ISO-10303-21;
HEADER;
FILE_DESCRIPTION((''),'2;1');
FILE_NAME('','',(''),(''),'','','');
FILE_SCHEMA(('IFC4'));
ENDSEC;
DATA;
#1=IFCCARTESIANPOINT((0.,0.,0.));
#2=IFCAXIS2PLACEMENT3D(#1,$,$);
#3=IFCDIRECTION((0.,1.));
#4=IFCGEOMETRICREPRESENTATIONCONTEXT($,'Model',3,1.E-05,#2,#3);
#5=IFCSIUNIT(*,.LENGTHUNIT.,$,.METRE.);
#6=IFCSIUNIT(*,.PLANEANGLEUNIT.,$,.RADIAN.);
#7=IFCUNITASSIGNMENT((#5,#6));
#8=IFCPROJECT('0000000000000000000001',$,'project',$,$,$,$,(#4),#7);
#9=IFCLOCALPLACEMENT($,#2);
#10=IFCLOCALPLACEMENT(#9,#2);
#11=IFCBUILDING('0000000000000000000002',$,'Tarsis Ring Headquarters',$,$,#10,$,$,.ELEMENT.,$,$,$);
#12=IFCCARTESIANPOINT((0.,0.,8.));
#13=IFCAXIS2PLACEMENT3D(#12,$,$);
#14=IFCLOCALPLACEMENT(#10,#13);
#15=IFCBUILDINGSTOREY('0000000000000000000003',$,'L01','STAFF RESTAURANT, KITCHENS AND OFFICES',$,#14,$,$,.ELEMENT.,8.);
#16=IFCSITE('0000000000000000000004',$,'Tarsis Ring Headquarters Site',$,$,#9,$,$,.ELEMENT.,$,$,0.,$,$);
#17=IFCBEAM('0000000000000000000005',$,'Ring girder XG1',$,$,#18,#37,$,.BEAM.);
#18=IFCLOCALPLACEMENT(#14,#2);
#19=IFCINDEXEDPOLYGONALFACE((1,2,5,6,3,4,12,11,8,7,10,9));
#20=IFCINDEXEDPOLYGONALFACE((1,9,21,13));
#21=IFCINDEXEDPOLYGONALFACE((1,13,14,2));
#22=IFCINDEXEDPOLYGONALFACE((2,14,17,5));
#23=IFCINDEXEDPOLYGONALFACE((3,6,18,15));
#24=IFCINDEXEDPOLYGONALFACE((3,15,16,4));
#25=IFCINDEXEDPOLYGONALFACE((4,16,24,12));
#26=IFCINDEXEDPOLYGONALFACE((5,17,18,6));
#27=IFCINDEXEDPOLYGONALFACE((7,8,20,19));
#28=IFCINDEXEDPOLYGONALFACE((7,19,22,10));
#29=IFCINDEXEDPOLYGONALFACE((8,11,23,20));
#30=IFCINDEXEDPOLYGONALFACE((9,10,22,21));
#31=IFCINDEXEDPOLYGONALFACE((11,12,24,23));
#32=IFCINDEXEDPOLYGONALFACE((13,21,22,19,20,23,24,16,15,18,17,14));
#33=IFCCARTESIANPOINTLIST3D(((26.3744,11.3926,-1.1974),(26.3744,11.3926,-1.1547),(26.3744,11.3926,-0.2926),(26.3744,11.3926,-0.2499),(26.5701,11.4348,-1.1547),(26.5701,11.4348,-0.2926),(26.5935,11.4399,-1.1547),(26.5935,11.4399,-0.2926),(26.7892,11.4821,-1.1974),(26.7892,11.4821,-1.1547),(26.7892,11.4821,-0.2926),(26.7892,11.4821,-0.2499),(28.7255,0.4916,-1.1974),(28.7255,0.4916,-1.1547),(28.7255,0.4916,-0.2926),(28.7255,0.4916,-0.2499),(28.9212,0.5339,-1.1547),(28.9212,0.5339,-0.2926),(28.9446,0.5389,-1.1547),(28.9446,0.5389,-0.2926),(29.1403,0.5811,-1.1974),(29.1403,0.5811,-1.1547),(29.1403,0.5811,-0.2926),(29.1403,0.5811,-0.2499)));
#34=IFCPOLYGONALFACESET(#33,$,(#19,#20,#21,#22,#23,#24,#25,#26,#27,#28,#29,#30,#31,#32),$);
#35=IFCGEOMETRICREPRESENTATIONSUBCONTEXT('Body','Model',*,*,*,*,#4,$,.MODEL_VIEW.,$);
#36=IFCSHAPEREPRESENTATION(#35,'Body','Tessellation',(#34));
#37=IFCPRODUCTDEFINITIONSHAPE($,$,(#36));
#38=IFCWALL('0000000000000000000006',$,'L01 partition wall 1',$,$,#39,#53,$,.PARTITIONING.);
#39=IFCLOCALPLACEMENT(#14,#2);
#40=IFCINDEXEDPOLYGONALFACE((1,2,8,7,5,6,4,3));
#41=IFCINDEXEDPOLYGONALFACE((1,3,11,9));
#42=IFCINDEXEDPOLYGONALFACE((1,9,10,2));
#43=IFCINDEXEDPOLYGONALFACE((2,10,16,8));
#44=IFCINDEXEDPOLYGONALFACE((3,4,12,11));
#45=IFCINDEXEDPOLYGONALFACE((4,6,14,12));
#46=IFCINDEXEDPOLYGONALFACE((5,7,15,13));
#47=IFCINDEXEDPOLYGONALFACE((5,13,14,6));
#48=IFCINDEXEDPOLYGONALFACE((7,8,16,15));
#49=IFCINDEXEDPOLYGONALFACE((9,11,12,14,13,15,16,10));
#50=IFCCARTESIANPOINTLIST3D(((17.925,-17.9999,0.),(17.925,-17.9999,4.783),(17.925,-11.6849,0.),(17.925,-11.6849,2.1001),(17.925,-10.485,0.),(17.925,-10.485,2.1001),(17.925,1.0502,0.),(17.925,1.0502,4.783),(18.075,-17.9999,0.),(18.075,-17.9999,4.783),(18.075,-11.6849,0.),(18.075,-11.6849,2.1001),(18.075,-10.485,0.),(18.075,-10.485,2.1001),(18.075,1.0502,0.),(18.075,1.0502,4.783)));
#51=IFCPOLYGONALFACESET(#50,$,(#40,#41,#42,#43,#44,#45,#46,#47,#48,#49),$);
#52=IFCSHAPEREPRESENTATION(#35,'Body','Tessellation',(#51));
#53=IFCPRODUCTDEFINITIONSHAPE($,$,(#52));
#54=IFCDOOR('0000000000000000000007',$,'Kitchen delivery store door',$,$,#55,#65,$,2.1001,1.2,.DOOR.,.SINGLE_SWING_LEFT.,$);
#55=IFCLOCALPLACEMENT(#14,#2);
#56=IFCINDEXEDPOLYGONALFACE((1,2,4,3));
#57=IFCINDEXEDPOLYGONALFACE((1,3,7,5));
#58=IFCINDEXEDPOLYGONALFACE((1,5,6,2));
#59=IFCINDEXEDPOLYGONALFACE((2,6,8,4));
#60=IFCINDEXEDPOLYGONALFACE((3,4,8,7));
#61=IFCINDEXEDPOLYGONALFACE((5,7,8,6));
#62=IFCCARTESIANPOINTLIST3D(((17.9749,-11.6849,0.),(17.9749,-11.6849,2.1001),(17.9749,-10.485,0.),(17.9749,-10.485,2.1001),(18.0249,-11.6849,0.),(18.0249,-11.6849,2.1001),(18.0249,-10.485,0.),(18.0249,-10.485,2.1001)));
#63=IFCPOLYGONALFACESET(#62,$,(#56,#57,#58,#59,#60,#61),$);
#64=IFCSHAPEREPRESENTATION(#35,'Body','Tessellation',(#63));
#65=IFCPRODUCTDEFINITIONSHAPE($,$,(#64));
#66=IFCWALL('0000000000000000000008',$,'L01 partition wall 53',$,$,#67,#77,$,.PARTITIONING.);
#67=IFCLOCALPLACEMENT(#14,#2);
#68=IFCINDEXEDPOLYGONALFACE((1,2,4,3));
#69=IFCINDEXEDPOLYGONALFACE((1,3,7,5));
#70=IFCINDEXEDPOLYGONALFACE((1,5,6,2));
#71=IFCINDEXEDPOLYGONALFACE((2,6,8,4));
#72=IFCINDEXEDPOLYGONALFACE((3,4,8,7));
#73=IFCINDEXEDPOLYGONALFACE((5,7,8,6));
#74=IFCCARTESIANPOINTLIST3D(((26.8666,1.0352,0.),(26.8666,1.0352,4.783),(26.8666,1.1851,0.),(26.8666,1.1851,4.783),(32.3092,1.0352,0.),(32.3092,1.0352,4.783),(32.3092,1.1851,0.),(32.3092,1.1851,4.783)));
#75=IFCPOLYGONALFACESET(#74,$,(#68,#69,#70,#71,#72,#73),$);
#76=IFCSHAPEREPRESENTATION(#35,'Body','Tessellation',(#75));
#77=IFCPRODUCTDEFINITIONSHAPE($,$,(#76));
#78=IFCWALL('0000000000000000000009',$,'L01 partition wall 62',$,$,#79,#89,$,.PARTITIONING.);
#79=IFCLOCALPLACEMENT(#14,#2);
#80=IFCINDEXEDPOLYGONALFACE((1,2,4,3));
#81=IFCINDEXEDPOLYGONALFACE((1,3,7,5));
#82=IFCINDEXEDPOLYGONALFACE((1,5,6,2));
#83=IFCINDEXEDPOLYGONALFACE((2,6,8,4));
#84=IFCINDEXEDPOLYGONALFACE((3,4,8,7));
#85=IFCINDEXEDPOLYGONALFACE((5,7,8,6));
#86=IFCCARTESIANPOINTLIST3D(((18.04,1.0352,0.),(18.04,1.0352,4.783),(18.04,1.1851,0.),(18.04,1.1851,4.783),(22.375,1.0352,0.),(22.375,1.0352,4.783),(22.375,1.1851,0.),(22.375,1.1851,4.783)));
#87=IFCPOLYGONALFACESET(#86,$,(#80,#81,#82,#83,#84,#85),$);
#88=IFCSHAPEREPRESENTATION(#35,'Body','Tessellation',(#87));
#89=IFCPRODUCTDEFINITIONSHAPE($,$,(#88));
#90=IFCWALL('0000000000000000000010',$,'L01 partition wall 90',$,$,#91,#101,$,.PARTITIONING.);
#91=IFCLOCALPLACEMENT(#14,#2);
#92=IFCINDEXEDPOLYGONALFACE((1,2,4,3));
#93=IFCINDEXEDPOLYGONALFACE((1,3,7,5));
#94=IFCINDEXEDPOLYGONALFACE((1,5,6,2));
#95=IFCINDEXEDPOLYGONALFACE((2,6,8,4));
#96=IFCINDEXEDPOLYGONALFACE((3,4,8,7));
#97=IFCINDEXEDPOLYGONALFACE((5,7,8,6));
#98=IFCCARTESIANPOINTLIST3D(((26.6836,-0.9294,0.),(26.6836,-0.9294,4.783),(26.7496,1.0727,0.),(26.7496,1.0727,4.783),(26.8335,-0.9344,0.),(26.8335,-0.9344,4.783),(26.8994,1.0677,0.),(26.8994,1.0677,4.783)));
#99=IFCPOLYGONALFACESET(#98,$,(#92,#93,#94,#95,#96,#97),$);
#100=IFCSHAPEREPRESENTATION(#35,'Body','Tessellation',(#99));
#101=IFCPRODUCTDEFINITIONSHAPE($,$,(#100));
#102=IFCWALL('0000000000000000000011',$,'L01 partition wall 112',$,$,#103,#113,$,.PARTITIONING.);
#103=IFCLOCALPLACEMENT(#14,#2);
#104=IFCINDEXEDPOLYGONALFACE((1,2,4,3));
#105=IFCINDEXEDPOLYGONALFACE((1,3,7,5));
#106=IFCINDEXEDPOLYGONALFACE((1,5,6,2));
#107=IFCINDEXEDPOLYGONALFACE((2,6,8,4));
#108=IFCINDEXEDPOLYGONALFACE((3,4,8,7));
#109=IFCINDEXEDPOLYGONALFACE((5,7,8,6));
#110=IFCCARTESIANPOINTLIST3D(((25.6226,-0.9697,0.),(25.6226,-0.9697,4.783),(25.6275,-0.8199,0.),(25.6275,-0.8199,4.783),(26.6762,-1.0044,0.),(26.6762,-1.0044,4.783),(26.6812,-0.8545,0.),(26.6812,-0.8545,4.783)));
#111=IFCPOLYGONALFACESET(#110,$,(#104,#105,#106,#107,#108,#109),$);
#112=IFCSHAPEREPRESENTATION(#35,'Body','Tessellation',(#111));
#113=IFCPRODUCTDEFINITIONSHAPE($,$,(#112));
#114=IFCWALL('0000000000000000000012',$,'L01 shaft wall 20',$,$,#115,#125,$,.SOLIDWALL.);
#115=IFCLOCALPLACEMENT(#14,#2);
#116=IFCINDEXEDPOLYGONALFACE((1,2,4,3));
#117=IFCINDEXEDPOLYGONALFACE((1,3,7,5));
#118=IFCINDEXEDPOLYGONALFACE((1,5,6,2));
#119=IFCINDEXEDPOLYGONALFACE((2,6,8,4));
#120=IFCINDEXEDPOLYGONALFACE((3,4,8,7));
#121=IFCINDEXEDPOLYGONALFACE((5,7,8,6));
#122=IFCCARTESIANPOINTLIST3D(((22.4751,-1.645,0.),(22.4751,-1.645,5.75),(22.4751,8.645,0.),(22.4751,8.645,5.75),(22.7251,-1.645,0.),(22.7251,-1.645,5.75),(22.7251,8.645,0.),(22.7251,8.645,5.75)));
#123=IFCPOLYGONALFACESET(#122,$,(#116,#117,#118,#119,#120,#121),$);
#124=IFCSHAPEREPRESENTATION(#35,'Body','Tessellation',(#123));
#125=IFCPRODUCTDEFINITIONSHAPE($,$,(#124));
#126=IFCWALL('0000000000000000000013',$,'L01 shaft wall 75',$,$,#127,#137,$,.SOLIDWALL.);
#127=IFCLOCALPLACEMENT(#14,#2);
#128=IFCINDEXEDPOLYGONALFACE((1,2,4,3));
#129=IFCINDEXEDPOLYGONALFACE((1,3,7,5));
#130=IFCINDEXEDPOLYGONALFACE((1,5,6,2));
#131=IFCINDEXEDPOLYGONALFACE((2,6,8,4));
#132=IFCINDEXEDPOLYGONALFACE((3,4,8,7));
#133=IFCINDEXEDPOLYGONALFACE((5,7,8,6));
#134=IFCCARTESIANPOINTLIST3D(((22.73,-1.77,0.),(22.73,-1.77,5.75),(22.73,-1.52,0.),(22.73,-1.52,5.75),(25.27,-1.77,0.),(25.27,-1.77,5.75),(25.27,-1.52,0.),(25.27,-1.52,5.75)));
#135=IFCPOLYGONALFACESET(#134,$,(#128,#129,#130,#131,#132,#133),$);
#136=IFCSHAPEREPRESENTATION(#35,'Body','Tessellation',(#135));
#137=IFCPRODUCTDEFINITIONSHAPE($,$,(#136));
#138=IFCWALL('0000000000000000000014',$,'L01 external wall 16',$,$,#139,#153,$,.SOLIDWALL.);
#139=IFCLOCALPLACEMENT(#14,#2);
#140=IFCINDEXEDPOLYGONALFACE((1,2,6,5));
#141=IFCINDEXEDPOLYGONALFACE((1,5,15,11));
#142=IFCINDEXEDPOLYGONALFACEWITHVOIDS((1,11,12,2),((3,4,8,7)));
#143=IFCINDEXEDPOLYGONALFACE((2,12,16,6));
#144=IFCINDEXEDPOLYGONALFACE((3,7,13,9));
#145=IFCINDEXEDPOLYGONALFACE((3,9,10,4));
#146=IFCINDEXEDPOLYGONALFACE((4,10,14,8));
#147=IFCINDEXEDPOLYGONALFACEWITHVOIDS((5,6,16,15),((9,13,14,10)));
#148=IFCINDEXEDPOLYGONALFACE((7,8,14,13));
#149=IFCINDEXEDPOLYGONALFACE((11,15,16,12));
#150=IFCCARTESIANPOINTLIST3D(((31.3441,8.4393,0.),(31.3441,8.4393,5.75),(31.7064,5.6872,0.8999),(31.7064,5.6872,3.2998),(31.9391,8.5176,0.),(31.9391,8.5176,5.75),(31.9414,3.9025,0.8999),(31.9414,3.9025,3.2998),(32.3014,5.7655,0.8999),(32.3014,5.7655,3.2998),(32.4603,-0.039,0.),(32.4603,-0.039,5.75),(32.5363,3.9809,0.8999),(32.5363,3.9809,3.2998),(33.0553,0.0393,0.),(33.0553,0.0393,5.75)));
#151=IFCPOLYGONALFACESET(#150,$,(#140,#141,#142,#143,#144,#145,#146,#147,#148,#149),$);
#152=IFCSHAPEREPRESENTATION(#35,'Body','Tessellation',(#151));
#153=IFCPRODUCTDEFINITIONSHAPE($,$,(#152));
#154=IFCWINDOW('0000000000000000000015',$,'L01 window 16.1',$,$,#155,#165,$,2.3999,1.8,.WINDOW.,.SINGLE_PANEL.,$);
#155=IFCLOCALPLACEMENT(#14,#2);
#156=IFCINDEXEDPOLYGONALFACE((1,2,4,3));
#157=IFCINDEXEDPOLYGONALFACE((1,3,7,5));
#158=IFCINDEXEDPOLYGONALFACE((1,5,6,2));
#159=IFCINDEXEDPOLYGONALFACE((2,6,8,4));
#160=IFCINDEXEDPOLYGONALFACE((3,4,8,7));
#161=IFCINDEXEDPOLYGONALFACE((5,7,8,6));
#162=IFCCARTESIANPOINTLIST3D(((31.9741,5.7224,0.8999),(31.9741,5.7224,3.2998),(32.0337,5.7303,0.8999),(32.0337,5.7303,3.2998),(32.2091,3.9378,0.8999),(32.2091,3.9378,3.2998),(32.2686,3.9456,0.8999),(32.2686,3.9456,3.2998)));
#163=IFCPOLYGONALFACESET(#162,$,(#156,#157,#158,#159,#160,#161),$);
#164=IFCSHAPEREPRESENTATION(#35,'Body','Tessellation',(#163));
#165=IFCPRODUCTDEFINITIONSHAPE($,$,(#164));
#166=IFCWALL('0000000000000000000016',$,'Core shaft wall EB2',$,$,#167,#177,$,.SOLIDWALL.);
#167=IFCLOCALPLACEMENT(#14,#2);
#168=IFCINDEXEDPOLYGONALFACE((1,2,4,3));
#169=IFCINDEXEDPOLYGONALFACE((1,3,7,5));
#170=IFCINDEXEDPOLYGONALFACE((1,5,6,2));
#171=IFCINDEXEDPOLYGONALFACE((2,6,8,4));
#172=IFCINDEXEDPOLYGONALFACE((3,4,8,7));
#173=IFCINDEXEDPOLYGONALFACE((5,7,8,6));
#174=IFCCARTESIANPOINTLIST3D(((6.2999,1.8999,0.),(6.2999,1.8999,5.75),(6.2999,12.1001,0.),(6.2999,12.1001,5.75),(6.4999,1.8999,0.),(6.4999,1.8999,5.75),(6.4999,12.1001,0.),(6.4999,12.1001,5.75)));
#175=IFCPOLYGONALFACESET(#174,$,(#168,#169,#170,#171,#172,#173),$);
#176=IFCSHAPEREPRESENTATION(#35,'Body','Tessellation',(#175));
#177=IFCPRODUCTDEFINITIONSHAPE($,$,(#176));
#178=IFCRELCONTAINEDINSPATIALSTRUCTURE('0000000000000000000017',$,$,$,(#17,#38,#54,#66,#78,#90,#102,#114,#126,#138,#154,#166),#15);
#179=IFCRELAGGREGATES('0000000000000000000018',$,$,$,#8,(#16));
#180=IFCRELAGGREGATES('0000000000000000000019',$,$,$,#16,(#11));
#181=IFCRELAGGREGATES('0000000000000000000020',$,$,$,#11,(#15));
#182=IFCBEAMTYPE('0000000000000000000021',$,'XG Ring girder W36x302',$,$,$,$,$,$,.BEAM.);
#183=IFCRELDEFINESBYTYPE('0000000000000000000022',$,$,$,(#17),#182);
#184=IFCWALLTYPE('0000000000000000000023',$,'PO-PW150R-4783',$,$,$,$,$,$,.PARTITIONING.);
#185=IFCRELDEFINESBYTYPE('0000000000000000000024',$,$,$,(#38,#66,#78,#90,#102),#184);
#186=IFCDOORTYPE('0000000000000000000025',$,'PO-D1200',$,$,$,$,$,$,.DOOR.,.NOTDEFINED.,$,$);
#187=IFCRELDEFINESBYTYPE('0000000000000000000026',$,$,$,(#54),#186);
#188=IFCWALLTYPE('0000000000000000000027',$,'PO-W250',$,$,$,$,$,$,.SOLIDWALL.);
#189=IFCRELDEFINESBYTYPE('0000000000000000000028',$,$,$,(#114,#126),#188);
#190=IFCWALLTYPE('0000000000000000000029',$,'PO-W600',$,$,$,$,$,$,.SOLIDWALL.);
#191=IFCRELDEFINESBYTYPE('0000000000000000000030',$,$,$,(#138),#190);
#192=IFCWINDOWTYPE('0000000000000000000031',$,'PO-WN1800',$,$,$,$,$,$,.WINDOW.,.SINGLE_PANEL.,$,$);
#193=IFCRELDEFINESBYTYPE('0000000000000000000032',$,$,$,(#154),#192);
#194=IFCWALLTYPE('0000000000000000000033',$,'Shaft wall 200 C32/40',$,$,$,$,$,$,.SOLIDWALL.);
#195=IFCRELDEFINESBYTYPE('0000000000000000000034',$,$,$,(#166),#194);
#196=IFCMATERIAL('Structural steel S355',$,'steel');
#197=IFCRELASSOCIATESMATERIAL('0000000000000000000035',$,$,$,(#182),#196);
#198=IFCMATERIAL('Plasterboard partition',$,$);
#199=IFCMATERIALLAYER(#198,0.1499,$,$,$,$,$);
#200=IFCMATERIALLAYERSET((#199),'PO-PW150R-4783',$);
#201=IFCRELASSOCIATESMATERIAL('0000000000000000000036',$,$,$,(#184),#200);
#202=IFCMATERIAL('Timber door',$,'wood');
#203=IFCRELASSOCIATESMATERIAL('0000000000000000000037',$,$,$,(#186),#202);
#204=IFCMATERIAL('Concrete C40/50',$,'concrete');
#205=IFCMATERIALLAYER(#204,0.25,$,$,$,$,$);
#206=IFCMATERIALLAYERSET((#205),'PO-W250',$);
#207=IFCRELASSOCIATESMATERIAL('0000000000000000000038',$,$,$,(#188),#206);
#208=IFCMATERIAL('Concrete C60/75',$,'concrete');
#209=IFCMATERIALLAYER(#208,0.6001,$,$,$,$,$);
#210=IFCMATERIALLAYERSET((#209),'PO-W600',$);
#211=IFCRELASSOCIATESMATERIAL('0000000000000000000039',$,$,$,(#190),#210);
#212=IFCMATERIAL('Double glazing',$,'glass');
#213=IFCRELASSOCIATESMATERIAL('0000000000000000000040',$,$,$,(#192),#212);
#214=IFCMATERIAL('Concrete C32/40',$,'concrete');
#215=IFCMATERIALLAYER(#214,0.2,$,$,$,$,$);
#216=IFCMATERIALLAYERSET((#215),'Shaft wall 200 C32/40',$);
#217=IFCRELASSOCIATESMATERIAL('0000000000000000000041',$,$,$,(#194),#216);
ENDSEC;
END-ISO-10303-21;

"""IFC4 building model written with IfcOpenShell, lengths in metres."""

from ifc_helpers import new_model, si_unit, direction, frame, frame_2d, origin, origin_2d, place, context, subcontext, project, spatial, rectangle, i_section, extrude, material, layer, layer_set, material_profile, profile_set, type_object, element, fill, save


model = new_model("IFC4")

# Units and contexts
model_context = context("Model", 3, precision=1e-05, world=origin(), true_north=direction((0.0, 1.0)))
body_context = subcontext(model_context, "Body", "Model", "MODEL_VIEW")
ifc_project = project(units=[si_unit("LENGTHUNIT", "METRE"), si_unit("PLANEANGLEUNIT", "RADIAN")], contexts=[model_context])

# Site, building, storey
site_placement = place(None, origin())
site = spatial("IfcSite", under=ifc_project, at=site_placement, Name="Tarsis Ring Headquarters Site", CompositionType="ELEMENT", RefElevation=0.0)
building_placement = place(site_placement, origin())
building = spatial("IfcBuilding", under=site, at=building_placement, Name="Tarsis Ring Headquarters", CompositionType="ELEMENT")
storey_placement = place(building_placement, frame((0.0, 0.0, 8.0)))
storey = spatial("IfcBuildingStorey", under=building, at=storey_placement, Name="L01", Description="STAFF RESTAURANT, KITCHENS AND OFFICES", CompositionType="ELEMENT", Elevation=8.0)

# Shared definitions
ifc_material_1 = material(Name="Concrete C60/75", Category="concrete")

# Beam
ifc_material_2 = material(Name="Concrete C40/50", Category="concrete")
ifc_material_3 = material(Name="Structural steel S355", Category="steel")
ifc_material_profile_1 = material_profile(ifc_material_3, i_section(OverallWidth=0.4243, OverallDepth=0.9475, WebThickness=0.0239, FlangeThickness=0.0427, at=origin_2d()), Name="W36x302")
ifc_profile_set_1 = profile_set([ifc_material_profile_1], Name="Structural steel S355")
beam_type_1 = type_object("IfcBeamType", Name="XG Ring girder W36x302", PredefinedType="BEAM", material=ifc_profile_set_1)
beam_1_placement = place(storey_placement, frame((28.9329, 0.5364, -0.7236), z_axis=(-0.21083, 0.977523, 0.0), x_axis=(-0.977523, -0.21083, 0.0)))
element("IfcBeam", 1, at=beam_1_placement, inside=storey, type_object=beam_type_1, Name="Ring girder XG1", PredefinedType="BEAM", context=body_context, shape_type="SweptSolid", body=[
    extrude(i_section(OverallWidth=0.4243, OverallDepth=0.9475, WebThickness=0.0239, FlangeThickness=0.0427, at=origin_2d()), origin(), (0.0, 0.0, 1.0), 11.1516),
])

# Wall, opening, door
ifc_material_4 = material(Name="Plasterboard partition")
ifc_layer_1 = layer(ifc_material_4, 0.1499)
ifc_layer_set_1 = layer_set([ifc_layer_1], Name="PO-PW150R-4783")
wall_type_1 = type_object("IfcWallType", Name="PO-PW150R-4783", PredefinedType="PARTITIONING", material=ifc_layer_set_1)
wall_1_placement = place(storey_placement, frame((18.0, 1.05, 0.0), z_axis=(0.0, 0.0, 1.0), x_axis=(0.0, -1.0, 0.0)))
wall_1 = element("IfcWall", 2, at=wall_1_placement, inside=storey, type_object=wall_type_1, Name="L01 partition wall 1", PredefinedType="PARTITIONING", context=body_context, shape_type="SweptSolid", body=[
    extrude(rectangle(XDim=19.05, YDim=0.1499, at=frame_2d((9.5249, 0.0))), origin(), (0.0, 0.0, 1.0), 4.783),
])
opening_1_placement = place(wall_1_placement, frame((11.5349, 0.0, 0.0)))
opening_1 = element("IfcOpeningElement", 3, at=opening_1_placement, cuts=wall_1, PredefinedType="OPENING", context=body_context, shape_type="SweptSolid", body=[
    extrude(rectangle(XDim=1.2, YDim=2.1001, at=frame_2d((0.6001, 1.05))), frame((0.0, 0.085, 0.0), z_axis=(0.0, -1.0, 0.0), x_axis=(1.0, 0.0, 0.0)), (0.0, 0.0, 1.0), 0.1699),
])
ifc_material_5 = material(Name="Timber door", Category="wood")
door_type = type_object("IfcDoorType", Name="PO-D1200", OperationType="NOTDEFINED", PredefinedType="DOOR", material=ifc_material_5)
door_placement = place(opening_1_placement, origin())
door = element("IfcDoor", 4, at=door_placement, inside=storey, type_object=door_type, Name="Kitchen delivery store door", OperationType="SINGLE_SWING_LEFT", OverallHeight=2.1001, OverallWidth=1.2, PredefinedType="DOOR", context=body_context, shape_type="SweptSolid", body=[
    extrude(rectangle(XDim=1.2, YDim=2.1001, at=frame_2d((0.6001, 1.05))), frame((0.0, 0.0249, 0.0), z_axis=(0.0, -1.0, 0.0), x_axis=(1.0, 0.0, 0.0)), (0.0, 0.0, 1.0), 0.05),
])
fill(opening_1, door)

# Walls
wall_2_placement = place(storey_placement, frame((32.3091, 1.1101, 0.0), z_axis=(0.0, 0.0, 1.0), x_axis=(-1.0, 0.0, 0.0)))
element("IfcWall", 5, at=wall_2_placement, inside=storey, type_object=wall_type_1, Name="L01 partition wall 53", PredefinedType="PARTITIONING", context=body_context, shape_type="SweptSolid", body=[
    extrude(rectangle(XDim=5.4426, YDim=0.1499, at=frame_2d((2.7212, 0.0))), origin(), (0.0, 0.0, 1.0), 4.783),
])
wall_3_placement = place(storey_placement, frame((22.375, 1.1101, 0.0), z_axis=(0.0, 0.0, 1.0), x_axis=(-1.0, 0.0, 0.0)))
element("IfcWall", 6, at=wall_3_placement, inside=storey, type_object=wall_type_1, Name="L01 partition wall 62", PredefinedType="PARTITIONING", context=body_context, shape_type="SweptSolid", body=[
    extrude(rectangle(XDim=4.335, YDim=0.1499, at=frame_2d((2.1675, 0.0))), origin(), (0.0, 0.0, 1.0), 4.783),
])
wall_4_placement = place(storey_placement, frame((26.8245, 1.0701, 0.0), z_axis=(0.0, 0.0, 1.0), x_axis=(-0.032905, -0.999458, 0.0)))
element("IfcWall", 7, at=wall_4_placement, inside=storey, type_object=wall_type_1, Name="L01 partition wall 90", PredefinedType="PARTITIONING", context=body_context, shape_type="SweptSolid", body=[
    extrude(rectangle(XDim=2.0032, YDim=0.1499, at=frame_2d((1.0015, 0.0))), origin(), (0.0, 0.0, 1.0), 4.783),
])
wall_5_placement = place(storey_placement, frame((26.6787, -0.9294, 0.0), z_axis=(0.0, 0.0, 1.0), x_axis=(-0.999459, 0.032883, 0.0)))
element("IfcWall", 8, at=wall_5_placement, inside=storey, type_object=wall_type_1, Name="L01 partition wall 112", PredefinedType="PARTITIONING", context=body_context, shape_type="SweptSolid", body=[
    extrude(rectangle(XDim=1.0542, YDim=0.1499, at=frame_2d((0.5271, 0.0))), origin(), (0.0, 0.0, 1.0), 4.783),
])
ifc_layer_2 = layer(ifc_material_2, 0.25)
ifc_layer_set_2 = layer_set([ifc_layer_2], Name="PO-W250")
wall_type_2 = type_object("IfcWallType", Name="PO-W250", PredefinedType="SOLIDWALL", material=ifc_layer_set_2)
wall_6_placement = place(storey_placement, frame((22.6001, -1.645, 0.0), z_axis=(0.0, 0.0, 1.0), x_axis=(0.0, 1.0, 0.0)))
element("IfcWall", 9, at=wall_6_placement, inside=storey, type_object=wall_type_2, Name="L01 shaft wall 20", PredefinedType="SOLIDWALL", context=body_context, shape_type="SweptSolid", body=[
    extrude(rectangle(XDim=10.29, YDim=0.25, at=frame_2d((5.145, 0.0))), origin(), (0.0, 0.0, 1.0), 5.75),
])
wall_7_placement = place(storey_placement, frame((25.27, -1.645, 0.0), z_axis=(0.0, 0.0, 1.0), x_axis=(-1.0, 0.0, 0.0)))
element("IfcWall", 10, at=wall_7_placement, inside=storey, type_object=wall_type_2, Name="L01 shaft wall 75", PredefinedType="SOLIDWALL", context=body_context, shape_type="SweptSolid", body=[
    extrude(rectangle(XDim=2.54, YDim=0.25, at=frame_2d((1.27, 0.0))), origin(), (0.0, 0.0, 1.0), 5.75),
])

# Wall, opening, window
ifc_layer_3 = layer(ifc_material_1, 0.6001)
ifc_layer_set_3 = layer_set([ifc_layer_3], Name="PO-W600")
wall_type_3 = type_object("IfcWallType", Name="PO-W600", PredefinedType="SOLIDWALL", material=ifc_layer_set_3)
wall_8_placement = place(storey_placement, frame((32.7578, 0.0, 0.0), z_axis=(0.0, 0.0, 1.0), x_axis=(-0.130529, 0.991444, 0.0)))
wall_8 = element("IfcWall", 11, at=wall_8_placement, inside=storey, type_object=wall_type_3, Name="L01 external wall 16", PredefinedType="SOLIDWALL", context=body_context, shape_type="SweptSolid", body=[
    extrude(rectangle(XDim=8.5515, YDim=0.6001, at=frame_2d((4.2759, 0.0))), origin(), (0.0, 0.0, 1.0), 5.75),
])
opening_2_placement = place(wall_8_placement, frame((3.9758, 0.0, 0.8999)))
opening_2 = element("IfcOpeningElement", 12, at=opening_2_placement, cuts=wall_8, PredefinedType="OPENING", context=body_context, shape_type="SweptSolid", body=[
    extrude(rectangle(XDim=1.8, YDim=2.3999, at=frame_2d((0.8999, 1.2))), frame((0.0, 0.3101, 0.0), z_axis=(0.0, -1.0, 0.0), x_axis=(1.0, 0.0, 0.0)), (0.0, 0.0, 1.0), 0.6201),
])
ifc_material_6 = material(Name="Double glazing", Category="glass")
window_type = type_object("IfcWindowType", Name="PO-WN1800", PartitioningType="SINGLE_PANEL", PredefinedType="WINDOW", material=ifc_material_6)
window_placement = place(opening_2_placement, origin())
window = element("IfcWindow", 13, at=window_placement, inside=storey, type_object=window_type, Name="L01 window 16.1", OverallHeight=2.3999, OverallWidth=1.8, PartitioningType="SINGLE_PANEL", PredefinedType="WINDOW", context=body_context, shape_type="SweptSolid", body=[
    extrude(rectangle(XDim=1.8, YDim=2.3999, at=frame_2d((0.8999, 1.2))), frame((0.0, 0.03, 0.0), z_axis=(0.0, -1.0, 0.0), x_axis=(1.0, 0.0, 0.0)), (0.0, 0.0, 1.0), 0.0601),
])
fill(opening_2, window)

# Wall
ifc_material_7 = material(Name="Concrete C32/40", Category="concrete")
ifc_layer_4 = layer(ifc_material_7, 0.2)
ifc_layer_set_4 = layer_set([ifc_layer_4], Name="Shaft wall 200 C32/40")
wall_type_4 = type_object("IfcWallType", Name="Shaft wall 200 C32/40", PredefinedType="SOLIDWALL", material=ifc_layer_set_4)
wall_9_placement = place(storey_placement, frame((6.3999, 1.8999, 0.0), z_axis=(0.0, 0.0, 1.0), x_axis=(0.0, 1.0, 0.0)))
element("IfcWall", 14, at=wall_9_placement, inside=storey, type_object=wall_type_4, Name="Core shaft wall EB2", PredefinedType="SOLIDWALL", context=body_context, shape_type="SweptSolid", body=[
    extrude(rectangle(XDim=10.2002, YDim=0.2, at=frame_2d((5.1001, 0.0))), origin(), (0.0, 0.0, 1.0), 5.75),
])

save(model, "model.ifc")
